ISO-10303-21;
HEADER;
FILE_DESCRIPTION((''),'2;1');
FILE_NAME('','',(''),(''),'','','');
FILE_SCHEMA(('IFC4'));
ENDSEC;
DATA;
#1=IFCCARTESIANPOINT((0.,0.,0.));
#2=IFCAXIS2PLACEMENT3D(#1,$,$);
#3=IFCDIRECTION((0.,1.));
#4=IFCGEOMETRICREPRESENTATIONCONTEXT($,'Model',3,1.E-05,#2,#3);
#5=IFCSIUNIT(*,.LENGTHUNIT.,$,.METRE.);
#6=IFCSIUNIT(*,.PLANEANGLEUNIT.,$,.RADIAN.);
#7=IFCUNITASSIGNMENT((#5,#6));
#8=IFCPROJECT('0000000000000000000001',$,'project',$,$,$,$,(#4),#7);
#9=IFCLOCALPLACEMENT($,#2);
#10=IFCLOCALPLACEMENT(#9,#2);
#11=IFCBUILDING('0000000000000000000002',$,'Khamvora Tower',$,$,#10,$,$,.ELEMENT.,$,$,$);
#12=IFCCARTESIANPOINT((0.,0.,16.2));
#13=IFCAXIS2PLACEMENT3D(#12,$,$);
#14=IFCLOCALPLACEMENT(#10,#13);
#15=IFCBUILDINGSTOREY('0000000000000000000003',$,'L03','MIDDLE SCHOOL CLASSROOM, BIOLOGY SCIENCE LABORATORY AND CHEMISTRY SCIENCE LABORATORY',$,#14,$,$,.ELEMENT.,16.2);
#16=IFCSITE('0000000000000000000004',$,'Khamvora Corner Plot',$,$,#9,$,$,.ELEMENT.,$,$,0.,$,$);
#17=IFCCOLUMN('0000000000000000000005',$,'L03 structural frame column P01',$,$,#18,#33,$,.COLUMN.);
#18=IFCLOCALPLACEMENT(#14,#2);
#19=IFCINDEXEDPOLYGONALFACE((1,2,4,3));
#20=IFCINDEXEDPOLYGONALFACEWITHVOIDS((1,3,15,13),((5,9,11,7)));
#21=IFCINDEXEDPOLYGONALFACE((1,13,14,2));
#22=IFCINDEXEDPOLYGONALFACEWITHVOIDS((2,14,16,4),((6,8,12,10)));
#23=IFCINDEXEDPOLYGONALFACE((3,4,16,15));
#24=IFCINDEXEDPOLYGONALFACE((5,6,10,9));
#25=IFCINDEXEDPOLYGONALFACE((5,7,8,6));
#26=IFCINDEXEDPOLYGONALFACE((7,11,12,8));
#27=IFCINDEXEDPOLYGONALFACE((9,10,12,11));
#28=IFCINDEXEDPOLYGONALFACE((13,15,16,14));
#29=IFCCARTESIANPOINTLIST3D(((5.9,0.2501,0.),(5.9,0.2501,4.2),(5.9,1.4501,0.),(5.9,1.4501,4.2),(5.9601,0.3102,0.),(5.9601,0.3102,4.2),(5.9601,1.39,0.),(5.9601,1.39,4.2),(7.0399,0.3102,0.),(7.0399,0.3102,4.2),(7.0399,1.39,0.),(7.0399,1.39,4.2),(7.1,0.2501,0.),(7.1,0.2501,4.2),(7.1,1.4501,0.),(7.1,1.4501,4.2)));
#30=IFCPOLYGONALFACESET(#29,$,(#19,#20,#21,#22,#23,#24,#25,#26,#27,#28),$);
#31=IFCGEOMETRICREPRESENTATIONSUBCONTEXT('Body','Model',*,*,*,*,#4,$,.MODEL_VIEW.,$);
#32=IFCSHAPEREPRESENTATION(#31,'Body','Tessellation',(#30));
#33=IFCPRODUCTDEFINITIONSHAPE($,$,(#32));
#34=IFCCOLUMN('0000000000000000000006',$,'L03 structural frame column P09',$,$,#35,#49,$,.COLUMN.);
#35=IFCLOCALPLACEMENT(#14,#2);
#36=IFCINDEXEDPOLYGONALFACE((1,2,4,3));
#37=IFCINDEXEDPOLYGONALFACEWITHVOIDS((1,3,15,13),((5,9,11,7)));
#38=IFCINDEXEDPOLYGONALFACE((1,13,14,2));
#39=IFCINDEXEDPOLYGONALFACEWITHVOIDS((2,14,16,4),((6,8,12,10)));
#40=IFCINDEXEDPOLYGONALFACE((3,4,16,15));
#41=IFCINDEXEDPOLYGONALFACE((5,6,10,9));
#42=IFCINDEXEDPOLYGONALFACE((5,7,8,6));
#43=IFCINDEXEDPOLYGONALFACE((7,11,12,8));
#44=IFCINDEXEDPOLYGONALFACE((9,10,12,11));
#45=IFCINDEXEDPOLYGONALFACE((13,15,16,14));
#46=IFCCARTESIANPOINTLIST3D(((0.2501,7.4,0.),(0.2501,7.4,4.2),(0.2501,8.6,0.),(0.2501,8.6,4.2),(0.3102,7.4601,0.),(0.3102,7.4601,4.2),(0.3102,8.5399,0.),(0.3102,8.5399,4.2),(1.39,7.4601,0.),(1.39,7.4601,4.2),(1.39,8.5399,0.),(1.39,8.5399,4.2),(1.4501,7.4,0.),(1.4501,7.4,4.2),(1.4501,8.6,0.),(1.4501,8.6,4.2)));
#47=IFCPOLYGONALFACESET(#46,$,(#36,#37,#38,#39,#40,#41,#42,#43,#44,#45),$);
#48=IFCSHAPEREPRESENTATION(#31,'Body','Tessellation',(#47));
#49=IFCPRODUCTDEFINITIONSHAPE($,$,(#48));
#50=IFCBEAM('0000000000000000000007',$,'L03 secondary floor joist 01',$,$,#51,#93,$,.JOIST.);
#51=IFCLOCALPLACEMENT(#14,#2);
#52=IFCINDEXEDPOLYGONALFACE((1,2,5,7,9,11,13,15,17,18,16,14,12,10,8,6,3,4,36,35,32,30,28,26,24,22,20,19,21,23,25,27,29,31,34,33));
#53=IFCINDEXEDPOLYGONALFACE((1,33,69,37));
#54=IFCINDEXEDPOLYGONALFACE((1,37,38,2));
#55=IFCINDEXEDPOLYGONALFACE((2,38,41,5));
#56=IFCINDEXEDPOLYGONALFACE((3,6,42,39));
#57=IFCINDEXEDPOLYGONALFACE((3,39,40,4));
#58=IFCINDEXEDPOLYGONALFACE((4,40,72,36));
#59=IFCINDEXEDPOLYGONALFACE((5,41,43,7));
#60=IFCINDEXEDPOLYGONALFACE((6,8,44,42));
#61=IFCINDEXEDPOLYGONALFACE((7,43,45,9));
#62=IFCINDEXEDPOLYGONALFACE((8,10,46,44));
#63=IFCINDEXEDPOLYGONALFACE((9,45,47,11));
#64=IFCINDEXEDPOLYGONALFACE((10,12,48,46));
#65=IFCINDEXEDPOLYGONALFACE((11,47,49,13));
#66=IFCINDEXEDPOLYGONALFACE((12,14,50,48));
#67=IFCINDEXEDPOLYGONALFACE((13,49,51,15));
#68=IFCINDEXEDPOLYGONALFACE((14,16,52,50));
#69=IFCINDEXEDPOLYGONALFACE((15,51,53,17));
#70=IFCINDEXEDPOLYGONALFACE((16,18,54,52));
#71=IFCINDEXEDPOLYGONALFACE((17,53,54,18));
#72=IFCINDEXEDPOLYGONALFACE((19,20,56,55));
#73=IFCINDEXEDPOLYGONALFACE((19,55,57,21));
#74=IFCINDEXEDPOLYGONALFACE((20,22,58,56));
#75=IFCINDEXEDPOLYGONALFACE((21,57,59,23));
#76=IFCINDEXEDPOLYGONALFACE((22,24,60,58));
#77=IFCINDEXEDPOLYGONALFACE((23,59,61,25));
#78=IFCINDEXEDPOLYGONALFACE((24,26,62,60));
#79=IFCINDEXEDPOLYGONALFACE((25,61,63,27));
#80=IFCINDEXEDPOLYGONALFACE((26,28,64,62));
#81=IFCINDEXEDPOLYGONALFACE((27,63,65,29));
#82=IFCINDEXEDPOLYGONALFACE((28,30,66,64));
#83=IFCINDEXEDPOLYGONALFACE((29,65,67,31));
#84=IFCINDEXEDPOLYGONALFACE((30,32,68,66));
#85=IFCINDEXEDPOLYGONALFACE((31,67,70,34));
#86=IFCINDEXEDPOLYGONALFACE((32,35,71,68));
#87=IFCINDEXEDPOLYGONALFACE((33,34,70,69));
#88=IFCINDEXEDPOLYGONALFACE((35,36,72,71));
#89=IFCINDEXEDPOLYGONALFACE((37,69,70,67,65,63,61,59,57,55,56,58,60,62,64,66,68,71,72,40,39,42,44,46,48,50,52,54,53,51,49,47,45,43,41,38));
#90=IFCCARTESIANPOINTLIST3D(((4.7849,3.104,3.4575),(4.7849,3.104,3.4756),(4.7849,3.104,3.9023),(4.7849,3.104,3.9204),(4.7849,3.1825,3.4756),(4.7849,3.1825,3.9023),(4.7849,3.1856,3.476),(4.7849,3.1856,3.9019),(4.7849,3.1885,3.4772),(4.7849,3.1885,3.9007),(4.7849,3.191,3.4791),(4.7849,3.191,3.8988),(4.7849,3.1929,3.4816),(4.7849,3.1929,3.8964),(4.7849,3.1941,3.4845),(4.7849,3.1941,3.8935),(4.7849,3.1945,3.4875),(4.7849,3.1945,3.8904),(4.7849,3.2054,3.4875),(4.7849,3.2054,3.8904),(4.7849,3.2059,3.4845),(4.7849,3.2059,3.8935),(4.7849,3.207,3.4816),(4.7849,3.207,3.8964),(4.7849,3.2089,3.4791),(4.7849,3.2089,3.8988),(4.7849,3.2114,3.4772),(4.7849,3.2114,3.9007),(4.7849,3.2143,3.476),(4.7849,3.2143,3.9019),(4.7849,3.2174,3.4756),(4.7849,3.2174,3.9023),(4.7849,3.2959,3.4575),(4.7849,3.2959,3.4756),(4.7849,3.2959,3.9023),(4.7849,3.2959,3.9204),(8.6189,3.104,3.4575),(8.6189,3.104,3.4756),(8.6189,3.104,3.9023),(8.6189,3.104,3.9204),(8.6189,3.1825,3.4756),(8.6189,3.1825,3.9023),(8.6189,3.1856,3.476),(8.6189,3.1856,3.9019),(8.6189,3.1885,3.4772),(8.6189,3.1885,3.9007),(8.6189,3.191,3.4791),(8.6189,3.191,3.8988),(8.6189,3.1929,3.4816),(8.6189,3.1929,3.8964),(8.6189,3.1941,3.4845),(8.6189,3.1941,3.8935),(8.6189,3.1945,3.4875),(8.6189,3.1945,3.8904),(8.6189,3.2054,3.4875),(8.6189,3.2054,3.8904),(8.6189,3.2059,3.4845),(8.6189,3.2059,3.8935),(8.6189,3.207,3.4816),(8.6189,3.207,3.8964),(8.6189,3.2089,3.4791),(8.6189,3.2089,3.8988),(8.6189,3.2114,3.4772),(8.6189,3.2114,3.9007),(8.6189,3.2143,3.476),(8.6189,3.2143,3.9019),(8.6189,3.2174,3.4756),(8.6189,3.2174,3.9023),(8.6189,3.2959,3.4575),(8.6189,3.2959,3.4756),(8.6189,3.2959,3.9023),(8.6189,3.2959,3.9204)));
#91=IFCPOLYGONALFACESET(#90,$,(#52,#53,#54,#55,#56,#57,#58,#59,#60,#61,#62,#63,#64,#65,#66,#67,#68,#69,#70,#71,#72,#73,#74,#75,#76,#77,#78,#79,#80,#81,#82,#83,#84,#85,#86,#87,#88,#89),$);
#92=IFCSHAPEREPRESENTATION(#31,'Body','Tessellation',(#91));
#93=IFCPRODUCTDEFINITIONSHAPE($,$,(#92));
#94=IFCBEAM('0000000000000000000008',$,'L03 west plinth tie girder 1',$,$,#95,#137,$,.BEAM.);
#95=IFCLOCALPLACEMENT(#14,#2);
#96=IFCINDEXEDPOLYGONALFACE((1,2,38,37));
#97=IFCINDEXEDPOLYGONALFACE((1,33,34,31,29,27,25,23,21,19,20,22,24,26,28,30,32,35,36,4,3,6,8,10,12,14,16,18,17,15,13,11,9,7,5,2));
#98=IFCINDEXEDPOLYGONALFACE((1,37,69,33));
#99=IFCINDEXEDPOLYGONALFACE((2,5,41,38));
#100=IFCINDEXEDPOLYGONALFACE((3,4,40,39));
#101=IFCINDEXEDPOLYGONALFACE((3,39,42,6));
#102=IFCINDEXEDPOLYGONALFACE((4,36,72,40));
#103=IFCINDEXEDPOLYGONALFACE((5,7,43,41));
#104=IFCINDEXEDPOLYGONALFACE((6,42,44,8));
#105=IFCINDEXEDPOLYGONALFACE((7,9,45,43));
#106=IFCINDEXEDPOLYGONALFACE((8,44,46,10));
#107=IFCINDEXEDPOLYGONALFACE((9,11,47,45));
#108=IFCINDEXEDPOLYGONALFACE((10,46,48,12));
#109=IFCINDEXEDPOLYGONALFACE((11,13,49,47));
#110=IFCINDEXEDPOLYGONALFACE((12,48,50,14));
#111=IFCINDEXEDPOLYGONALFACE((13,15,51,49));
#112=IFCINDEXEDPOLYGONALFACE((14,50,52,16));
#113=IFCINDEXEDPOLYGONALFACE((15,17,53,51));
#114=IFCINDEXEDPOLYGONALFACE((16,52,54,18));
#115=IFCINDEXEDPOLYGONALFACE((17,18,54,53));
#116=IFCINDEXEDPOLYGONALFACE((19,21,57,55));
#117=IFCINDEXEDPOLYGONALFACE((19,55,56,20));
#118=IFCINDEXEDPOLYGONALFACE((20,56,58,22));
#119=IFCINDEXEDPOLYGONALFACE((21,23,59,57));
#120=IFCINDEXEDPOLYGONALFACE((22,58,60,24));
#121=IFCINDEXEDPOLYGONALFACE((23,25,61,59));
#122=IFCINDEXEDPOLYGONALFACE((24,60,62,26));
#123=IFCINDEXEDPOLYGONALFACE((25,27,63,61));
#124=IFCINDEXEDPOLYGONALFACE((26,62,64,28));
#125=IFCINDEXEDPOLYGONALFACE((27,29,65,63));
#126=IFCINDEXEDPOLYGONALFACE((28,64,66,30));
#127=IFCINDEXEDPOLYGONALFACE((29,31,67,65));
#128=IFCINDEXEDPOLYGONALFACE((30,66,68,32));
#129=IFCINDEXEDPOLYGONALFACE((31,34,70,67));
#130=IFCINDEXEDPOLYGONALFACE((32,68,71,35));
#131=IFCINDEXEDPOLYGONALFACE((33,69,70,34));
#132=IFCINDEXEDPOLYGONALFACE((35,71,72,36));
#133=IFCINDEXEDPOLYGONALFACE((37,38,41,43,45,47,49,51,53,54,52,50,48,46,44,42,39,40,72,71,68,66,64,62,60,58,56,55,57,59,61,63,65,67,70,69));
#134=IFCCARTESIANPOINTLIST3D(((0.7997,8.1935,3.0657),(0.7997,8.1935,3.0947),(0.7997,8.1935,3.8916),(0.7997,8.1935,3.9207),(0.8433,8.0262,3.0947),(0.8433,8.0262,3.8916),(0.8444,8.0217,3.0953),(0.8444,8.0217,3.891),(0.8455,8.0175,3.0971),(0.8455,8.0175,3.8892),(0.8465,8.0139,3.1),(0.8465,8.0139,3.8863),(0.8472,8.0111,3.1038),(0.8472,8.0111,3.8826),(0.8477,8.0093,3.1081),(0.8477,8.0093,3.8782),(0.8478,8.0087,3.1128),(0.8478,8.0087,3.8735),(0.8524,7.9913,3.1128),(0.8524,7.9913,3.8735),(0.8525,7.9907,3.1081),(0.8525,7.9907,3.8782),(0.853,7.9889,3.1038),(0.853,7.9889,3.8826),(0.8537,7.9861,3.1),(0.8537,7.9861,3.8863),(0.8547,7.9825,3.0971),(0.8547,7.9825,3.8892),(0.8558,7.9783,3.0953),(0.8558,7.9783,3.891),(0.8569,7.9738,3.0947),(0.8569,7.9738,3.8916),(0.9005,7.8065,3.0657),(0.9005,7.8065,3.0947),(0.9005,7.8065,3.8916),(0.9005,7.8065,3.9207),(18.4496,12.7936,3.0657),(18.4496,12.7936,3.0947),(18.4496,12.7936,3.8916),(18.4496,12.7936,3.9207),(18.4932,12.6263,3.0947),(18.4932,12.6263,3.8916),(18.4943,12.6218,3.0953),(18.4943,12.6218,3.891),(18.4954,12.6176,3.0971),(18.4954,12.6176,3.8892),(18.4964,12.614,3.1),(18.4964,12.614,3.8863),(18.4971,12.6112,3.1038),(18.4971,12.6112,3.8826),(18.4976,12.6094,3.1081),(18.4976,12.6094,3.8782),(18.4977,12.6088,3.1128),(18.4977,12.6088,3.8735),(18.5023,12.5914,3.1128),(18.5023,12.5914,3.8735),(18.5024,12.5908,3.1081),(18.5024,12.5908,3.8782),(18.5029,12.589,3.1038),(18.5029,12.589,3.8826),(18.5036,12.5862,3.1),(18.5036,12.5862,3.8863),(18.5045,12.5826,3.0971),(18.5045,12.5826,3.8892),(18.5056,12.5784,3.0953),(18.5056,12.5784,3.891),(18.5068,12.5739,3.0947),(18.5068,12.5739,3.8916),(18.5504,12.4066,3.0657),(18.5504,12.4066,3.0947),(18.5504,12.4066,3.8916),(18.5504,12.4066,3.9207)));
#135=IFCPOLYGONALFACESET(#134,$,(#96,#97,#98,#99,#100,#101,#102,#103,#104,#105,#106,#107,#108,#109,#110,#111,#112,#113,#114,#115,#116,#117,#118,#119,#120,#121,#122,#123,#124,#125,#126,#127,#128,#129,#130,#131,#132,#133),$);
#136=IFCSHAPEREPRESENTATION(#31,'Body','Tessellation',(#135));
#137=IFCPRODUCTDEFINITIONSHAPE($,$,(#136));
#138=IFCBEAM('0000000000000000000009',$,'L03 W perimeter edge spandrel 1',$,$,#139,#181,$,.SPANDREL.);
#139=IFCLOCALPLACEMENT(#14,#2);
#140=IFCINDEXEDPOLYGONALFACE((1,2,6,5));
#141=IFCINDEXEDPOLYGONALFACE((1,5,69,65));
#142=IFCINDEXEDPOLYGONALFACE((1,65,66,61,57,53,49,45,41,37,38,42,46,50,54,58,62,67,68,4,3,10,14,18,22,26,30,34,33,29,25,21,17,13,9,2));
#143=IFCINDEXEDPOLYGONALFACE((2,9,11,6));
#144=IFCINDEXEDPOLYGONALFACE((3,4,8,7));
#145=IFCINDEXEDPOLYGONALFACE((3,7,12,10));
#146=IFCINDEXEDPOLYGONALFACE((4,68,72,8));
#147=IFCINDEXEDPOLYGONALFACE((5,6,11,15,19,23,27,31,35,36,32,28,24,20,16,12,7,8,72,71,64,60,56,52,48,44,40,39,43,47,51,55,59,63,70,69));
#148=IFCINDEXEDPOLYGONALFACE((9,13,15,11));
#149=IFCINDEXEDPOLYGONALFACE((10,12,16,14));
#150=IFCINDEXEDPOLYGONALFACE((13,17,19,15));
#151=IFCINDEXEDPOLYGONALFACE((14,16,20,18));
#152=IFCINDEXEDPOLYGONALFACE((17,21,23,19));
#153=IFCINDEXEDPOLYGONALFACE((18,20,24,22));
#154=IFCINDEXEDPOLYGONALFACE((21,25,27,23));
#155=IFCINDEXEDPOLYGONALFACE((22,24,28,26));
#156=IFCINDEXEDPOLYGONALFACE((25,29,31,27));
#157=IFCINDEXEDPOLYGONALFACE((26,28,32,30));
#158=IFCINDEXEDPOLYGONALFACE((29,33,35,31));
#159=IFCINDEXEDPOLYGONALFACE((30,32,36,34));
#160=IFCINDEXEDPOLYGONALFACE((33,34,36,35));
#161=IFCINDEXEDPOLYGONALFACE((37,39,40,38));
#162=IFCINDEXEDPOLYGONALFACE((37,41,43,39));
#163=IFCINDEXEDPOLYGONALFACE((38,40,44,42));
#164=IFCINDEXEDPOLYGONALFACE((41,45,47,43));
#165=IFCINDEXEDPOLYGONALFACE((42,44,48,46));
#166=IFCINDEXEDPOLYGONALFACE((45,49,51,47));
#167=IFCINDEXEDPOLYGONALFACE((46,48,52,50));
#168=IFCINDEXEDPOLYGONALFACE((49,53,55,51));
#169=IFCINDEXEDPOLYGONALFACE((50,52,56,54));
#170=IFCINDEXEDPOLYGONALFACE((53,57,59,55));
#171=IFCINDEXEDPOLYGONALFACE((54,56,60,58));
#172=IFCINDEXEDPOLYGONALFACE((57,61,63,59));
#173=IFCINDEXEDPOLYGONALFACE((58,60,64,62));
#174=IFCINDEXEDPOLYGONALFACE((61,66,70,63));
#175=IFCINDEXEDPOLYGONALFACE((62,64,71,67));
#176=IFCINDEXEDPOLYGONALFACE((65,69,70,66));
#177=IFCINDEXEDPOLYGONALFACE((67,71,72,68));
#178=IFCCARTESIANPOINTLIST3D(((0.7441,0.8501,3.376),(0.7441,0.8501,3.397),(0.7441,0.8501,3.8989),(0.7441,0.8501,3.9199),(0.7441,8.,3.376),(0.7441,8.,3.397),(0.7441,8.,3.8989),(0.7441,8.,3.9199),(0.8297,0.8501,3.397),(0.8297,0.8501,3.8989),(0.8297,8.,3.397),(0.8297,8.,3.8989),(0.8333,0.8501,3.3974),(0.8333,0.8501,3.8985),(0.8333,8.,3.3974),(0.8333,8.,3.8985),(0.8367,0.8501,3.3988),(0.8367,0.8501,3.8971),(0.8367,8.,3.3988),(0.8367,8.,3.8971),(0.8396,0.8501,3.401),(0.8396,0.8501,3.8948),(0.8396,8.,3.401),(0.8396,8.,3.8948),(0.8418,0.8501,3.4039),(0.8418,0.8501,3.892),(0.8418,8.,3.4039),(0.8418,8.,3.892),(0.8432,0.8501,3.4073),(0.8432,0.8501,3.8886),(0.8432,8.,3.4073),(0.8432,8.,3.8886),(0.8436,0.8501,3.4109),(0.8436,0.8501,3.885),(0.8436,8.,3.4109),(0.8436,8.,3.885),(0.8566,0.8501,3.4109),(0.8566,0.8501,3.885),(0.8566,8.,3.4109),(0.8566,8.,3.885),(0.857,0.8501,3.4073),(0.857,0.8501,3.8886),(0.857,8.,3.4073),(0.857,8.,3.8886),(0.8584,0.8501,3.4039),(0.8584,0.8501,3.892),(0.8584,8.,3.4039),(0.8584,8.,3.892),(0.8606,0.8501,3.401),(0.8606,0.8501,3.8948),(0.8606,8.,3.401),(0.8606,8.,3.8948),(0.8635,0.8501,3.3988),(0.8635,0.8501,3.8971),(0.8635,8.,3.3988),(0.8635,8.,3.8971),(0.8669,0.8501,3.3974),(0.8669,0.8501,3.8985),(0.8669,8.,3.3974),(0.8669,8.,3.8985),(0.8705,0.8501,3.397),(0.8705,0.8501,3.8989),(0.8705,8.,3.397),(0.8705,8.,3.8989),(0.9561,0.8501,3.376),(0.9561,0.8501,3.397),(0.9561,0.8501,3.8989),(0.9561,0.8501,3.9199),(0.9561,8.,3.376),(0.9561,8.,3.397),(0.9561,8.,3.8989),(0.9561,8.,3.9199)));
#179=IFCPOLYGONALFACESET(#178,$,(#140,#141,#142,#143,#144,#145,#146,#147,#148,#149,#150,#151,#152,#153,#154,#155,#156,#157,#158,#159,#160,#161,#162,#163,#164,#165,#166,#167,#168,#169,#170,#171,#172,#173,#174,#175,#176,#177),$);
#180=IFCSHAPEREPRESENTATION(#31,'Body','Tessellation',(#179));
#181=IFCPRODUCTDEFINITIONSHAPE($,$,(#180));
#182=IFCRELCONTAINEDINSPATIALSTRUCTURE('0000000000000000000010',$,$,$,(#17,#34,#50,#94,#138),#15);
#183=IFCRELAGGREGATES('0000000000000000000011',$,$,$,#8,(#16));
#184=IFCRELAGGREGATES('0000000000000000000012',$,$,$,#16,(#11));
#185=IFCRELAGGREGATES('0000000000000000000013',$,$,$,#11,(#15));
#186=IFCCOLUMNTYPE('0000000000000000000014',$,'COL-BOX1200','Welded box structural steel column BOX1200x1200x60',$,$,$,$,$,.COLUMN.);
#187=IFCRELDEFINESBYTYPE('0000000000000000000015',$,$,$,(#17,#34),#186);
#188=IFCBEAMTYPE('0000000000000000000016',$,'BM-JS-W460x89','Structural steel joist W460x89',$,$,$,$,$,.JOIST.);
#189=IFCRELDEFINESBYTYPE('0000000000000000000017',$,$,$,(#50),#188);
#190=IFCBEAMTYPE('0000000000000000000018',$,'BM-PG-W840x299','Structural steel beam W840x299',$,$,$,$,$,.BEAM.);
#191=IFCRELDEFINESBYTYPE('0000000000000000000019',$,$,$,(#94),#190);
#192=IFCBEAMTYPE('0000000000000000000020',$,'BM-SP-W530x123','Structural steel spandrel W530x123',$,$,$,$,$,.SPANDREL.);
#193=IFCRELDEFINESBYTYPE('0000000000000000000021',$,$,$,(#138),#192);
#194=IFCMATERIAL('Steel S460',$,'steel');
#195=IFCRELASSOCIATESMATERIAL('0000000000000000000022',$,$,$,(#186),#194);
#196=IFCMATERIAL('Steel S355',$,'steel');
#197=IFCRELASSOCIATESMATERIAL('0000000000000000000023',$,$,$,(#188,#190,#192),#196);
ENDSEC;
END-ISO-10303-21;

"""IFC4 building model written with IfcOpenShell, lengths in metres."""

from ifc_helpers import new_model, si_unit, direction, frame, origin, origin_2d, place, context, subcontext, project, spatial, hollow_rectangle, i_section, extrude, material, material_profile, profile_set, type_object, element, save


model = new_model("IFC4")

# Units and contexts
model_context = context("Model", 3, precision=1e-05, world=origin(), true_north=direction((0.0, 1.0)))
body_context = subcontext(model_context, "Body", "Model", "MODEL_VIEW")
ifc_project = project(units=[si_unit("LENGTHUNIT", "METRE"), si_unit("PLANEANGLEUNIT", "RADIAN")], contexts=[model_context])

# Site, building, storey
site_placement = place(None, origin())
site = spatial("IfcSite", under=ifc_project, at=site_placement, Name="Khamvora Corner Plot", CompositionType="ELEMENT", RefElevation=0.0)
building_placement = place(site_placement, origin())
building = spatial("IfcBuilding", under=site, at=building_placement, Name="Khamvora Tower", CompositionType="ELEMENT")
storey_placement = place(building_placement, frame((0.0, 0.0, 16.2)))
storey = spatial("IfcBuildingStorey", under=building, at=storey_placement, Name="L03", Description="MIDDLE SCHOOL CLASSROOM, BIOLOGY SCIENCE LABORATORY AND CHEMISTRY SCIENCE LABORATORY", CompositionType="ELEMENT", Elevation=16.2)

# Columns
ifc_material_1 = material(Name="Steel S460", Category="steel")
ifc_material_profile_1 = material_profile(ifc_material_1, hollow_rectangle(XDim=1.2, YDim=1.2, WallThickness=0.0601, at=origin_2d()), Name="BOX1200x1200x60")
ifc_profile_set_1 = profile_set([ifc_material_profile_1], Name="Steel S460")
column_type = type_object("IfcColumnType", Name="COL-BOX1200", Description="Welded box structural steel column BOX1200x1200x60", PredefinedType="COLUMN", material=ifc_profile_set_1)
for number, where, z_axis, x_axis, name in (
    (1, (6.5, 0.8501, 0.0), (0.0, 0.0, 1.0), (1.0, 0.0, 0.0), "L03 structural frame column P01"),
    (2, (0.8501, 8.0, 0.0), (0.0, 0.0, 1.0), (1.0, 0.0, 0.0), "L03 structural frame column P09"),
):
    element("IfcColumn", number, at=place(storey_placement, frame(where, z_axis=z_axis, x_axis=x_axis)), inside=storey, type_object=column_type, Name=name, PredefinedType="COLUMN", context=body_context, shape_type="SweptSolid", body=[
        extrude(hollow_rectangle(XDim=1.2, YDim=1.2, WallThickness=0.0601, at=origin_2d()), origin(), (0.0, 0.0, 1.0), 4.2),
    ])

# Beams
ifc_material_2 = material(Name="Steel S355", Category="steel")
ifc_material_profile_2 = material_profile(ifc_material_2, i_section(OverallWidth=0.1919, OverallDepth=0.4629, WebThickness=0.011, FlangeThickness=0.0181, FilletRadius=0.012, at=origin_2d()), Name="W460x89")
ifc_profile_set_2 = profile_set([ifc_material_profile_2], Name="Steel S355")
beam_type_1 = type_object("IfcBeamType", Name="BM-JS-W460x89", Description="Structural steel joist W460x89", PredefinedType="JOIST", material=ifc_profile_set_2)
beam_1_placement = place(storey_placement, frame((4.7849, 3.2, 3.689), z_axis=(1.0, 0.0, 0.0), x_axis=(0.0, 1.0, 0.0)))
element("IfcBeam", 3, at=beam_1_placement, inside=storey, type_object=beam_type_1, Name="L03 secondary floor joist 01", PredefinedType="JOIST", context=body_context, shape_type="SweptSolid", body=[
    extrude(i_section(OverallWidth=0.1919, OverallDepth=0.4629, WebThickness=0.011, FlangeThickness=0.0181, FilletRadius=0.012, at=origin_2d()), origin(), (0.0, 0.0, 1.0), 3.834),
])
ifc_material_profile_3 = material_profile(ifc_material_2, i_section(OverallWidth=0.3999, OverallDepth=0.855, WebThickness=0.0181, FlangeThickness=0.0291, FilletRadius=0.0181, at=origin_2d()), Name="W840x299")
ifc_profile_set_3 = profile_set([ifc_material_profile_3], Name="Steel S355")
beam_type_2 = type_object("IfcBeamType", Name="BM-PG-W840x299", Description="Structural steel beam W840x299", PredefinedType="BEAM", material=ifc_profile_set_3)
beam_2_placement = place(storey_placement, frame((0.8501, 8.0, 3.4932), z_axis=(0.967674, 0.252205, 0.0), x_axis=(-0.252205, 0.967674, 0.0)))
element("IfcBeam", 4, at=beam_2_placement, inside=storey, type_object=beam_type_2, Name="L03 west plinth tie girder 1", PredefinedType="BEAM", context=body_context, shape_type="SweptSolid", body=[
    extrude(i_section(OverallWidth=0.3999, OverallDepth=0.855, WebThickness=0.0181, FlangeThickness=0.0291, FilletRadius=0.0181, at=origin_2d()), origin(), (0.0, 0.0, 1.0), 18.2395),
])
ifc_material_profile_4 = material_profile(ifc_material_2, i_section(OverallWidth=0.2119, OverallDepth=0.5439, WebThickness=0.0129, FlangeThickness=0.021, FilletRadius=0.0139, at=origin_2d()), Name="W530x123")
ifc_profile_set_4 = profile_set([ifc_material_profile_4], Name="Steel S355")
beam_type_3 = type_object("IfcBeamType", Name="BM-SP-W530x123", Description="Structural steel spandrel W530x123", PredefinedType="SPANDREL", material=ifc_profile_set_4)
beam_3_placement = place(storey_placement, frame((0.8501, 0.8501, 3.6479), z_axis=(0.0, 1.0, 0.0), x_axis=(-1.0, 0.0, 0.0)))
element("IfcBeam", 5, at=beam_3_placement, inside=storey, type_object=beam_type_3, Name="L03 W perimeter edge spandrel 1", PredefinedType="SPANDREL", context=body_context, shape_type="SweptSolid", body=[
    extrude(i_section(OverallWidth=0.2119, OverallDepth=0.5439, WebThickness=0.0129, FlangeThickness=0.021, FilletRadius=0.0139, at=origin_2d()), origin(), (0.0, 0.0, 1.0), 7.1499),
])

save(model, "model.ifc")
